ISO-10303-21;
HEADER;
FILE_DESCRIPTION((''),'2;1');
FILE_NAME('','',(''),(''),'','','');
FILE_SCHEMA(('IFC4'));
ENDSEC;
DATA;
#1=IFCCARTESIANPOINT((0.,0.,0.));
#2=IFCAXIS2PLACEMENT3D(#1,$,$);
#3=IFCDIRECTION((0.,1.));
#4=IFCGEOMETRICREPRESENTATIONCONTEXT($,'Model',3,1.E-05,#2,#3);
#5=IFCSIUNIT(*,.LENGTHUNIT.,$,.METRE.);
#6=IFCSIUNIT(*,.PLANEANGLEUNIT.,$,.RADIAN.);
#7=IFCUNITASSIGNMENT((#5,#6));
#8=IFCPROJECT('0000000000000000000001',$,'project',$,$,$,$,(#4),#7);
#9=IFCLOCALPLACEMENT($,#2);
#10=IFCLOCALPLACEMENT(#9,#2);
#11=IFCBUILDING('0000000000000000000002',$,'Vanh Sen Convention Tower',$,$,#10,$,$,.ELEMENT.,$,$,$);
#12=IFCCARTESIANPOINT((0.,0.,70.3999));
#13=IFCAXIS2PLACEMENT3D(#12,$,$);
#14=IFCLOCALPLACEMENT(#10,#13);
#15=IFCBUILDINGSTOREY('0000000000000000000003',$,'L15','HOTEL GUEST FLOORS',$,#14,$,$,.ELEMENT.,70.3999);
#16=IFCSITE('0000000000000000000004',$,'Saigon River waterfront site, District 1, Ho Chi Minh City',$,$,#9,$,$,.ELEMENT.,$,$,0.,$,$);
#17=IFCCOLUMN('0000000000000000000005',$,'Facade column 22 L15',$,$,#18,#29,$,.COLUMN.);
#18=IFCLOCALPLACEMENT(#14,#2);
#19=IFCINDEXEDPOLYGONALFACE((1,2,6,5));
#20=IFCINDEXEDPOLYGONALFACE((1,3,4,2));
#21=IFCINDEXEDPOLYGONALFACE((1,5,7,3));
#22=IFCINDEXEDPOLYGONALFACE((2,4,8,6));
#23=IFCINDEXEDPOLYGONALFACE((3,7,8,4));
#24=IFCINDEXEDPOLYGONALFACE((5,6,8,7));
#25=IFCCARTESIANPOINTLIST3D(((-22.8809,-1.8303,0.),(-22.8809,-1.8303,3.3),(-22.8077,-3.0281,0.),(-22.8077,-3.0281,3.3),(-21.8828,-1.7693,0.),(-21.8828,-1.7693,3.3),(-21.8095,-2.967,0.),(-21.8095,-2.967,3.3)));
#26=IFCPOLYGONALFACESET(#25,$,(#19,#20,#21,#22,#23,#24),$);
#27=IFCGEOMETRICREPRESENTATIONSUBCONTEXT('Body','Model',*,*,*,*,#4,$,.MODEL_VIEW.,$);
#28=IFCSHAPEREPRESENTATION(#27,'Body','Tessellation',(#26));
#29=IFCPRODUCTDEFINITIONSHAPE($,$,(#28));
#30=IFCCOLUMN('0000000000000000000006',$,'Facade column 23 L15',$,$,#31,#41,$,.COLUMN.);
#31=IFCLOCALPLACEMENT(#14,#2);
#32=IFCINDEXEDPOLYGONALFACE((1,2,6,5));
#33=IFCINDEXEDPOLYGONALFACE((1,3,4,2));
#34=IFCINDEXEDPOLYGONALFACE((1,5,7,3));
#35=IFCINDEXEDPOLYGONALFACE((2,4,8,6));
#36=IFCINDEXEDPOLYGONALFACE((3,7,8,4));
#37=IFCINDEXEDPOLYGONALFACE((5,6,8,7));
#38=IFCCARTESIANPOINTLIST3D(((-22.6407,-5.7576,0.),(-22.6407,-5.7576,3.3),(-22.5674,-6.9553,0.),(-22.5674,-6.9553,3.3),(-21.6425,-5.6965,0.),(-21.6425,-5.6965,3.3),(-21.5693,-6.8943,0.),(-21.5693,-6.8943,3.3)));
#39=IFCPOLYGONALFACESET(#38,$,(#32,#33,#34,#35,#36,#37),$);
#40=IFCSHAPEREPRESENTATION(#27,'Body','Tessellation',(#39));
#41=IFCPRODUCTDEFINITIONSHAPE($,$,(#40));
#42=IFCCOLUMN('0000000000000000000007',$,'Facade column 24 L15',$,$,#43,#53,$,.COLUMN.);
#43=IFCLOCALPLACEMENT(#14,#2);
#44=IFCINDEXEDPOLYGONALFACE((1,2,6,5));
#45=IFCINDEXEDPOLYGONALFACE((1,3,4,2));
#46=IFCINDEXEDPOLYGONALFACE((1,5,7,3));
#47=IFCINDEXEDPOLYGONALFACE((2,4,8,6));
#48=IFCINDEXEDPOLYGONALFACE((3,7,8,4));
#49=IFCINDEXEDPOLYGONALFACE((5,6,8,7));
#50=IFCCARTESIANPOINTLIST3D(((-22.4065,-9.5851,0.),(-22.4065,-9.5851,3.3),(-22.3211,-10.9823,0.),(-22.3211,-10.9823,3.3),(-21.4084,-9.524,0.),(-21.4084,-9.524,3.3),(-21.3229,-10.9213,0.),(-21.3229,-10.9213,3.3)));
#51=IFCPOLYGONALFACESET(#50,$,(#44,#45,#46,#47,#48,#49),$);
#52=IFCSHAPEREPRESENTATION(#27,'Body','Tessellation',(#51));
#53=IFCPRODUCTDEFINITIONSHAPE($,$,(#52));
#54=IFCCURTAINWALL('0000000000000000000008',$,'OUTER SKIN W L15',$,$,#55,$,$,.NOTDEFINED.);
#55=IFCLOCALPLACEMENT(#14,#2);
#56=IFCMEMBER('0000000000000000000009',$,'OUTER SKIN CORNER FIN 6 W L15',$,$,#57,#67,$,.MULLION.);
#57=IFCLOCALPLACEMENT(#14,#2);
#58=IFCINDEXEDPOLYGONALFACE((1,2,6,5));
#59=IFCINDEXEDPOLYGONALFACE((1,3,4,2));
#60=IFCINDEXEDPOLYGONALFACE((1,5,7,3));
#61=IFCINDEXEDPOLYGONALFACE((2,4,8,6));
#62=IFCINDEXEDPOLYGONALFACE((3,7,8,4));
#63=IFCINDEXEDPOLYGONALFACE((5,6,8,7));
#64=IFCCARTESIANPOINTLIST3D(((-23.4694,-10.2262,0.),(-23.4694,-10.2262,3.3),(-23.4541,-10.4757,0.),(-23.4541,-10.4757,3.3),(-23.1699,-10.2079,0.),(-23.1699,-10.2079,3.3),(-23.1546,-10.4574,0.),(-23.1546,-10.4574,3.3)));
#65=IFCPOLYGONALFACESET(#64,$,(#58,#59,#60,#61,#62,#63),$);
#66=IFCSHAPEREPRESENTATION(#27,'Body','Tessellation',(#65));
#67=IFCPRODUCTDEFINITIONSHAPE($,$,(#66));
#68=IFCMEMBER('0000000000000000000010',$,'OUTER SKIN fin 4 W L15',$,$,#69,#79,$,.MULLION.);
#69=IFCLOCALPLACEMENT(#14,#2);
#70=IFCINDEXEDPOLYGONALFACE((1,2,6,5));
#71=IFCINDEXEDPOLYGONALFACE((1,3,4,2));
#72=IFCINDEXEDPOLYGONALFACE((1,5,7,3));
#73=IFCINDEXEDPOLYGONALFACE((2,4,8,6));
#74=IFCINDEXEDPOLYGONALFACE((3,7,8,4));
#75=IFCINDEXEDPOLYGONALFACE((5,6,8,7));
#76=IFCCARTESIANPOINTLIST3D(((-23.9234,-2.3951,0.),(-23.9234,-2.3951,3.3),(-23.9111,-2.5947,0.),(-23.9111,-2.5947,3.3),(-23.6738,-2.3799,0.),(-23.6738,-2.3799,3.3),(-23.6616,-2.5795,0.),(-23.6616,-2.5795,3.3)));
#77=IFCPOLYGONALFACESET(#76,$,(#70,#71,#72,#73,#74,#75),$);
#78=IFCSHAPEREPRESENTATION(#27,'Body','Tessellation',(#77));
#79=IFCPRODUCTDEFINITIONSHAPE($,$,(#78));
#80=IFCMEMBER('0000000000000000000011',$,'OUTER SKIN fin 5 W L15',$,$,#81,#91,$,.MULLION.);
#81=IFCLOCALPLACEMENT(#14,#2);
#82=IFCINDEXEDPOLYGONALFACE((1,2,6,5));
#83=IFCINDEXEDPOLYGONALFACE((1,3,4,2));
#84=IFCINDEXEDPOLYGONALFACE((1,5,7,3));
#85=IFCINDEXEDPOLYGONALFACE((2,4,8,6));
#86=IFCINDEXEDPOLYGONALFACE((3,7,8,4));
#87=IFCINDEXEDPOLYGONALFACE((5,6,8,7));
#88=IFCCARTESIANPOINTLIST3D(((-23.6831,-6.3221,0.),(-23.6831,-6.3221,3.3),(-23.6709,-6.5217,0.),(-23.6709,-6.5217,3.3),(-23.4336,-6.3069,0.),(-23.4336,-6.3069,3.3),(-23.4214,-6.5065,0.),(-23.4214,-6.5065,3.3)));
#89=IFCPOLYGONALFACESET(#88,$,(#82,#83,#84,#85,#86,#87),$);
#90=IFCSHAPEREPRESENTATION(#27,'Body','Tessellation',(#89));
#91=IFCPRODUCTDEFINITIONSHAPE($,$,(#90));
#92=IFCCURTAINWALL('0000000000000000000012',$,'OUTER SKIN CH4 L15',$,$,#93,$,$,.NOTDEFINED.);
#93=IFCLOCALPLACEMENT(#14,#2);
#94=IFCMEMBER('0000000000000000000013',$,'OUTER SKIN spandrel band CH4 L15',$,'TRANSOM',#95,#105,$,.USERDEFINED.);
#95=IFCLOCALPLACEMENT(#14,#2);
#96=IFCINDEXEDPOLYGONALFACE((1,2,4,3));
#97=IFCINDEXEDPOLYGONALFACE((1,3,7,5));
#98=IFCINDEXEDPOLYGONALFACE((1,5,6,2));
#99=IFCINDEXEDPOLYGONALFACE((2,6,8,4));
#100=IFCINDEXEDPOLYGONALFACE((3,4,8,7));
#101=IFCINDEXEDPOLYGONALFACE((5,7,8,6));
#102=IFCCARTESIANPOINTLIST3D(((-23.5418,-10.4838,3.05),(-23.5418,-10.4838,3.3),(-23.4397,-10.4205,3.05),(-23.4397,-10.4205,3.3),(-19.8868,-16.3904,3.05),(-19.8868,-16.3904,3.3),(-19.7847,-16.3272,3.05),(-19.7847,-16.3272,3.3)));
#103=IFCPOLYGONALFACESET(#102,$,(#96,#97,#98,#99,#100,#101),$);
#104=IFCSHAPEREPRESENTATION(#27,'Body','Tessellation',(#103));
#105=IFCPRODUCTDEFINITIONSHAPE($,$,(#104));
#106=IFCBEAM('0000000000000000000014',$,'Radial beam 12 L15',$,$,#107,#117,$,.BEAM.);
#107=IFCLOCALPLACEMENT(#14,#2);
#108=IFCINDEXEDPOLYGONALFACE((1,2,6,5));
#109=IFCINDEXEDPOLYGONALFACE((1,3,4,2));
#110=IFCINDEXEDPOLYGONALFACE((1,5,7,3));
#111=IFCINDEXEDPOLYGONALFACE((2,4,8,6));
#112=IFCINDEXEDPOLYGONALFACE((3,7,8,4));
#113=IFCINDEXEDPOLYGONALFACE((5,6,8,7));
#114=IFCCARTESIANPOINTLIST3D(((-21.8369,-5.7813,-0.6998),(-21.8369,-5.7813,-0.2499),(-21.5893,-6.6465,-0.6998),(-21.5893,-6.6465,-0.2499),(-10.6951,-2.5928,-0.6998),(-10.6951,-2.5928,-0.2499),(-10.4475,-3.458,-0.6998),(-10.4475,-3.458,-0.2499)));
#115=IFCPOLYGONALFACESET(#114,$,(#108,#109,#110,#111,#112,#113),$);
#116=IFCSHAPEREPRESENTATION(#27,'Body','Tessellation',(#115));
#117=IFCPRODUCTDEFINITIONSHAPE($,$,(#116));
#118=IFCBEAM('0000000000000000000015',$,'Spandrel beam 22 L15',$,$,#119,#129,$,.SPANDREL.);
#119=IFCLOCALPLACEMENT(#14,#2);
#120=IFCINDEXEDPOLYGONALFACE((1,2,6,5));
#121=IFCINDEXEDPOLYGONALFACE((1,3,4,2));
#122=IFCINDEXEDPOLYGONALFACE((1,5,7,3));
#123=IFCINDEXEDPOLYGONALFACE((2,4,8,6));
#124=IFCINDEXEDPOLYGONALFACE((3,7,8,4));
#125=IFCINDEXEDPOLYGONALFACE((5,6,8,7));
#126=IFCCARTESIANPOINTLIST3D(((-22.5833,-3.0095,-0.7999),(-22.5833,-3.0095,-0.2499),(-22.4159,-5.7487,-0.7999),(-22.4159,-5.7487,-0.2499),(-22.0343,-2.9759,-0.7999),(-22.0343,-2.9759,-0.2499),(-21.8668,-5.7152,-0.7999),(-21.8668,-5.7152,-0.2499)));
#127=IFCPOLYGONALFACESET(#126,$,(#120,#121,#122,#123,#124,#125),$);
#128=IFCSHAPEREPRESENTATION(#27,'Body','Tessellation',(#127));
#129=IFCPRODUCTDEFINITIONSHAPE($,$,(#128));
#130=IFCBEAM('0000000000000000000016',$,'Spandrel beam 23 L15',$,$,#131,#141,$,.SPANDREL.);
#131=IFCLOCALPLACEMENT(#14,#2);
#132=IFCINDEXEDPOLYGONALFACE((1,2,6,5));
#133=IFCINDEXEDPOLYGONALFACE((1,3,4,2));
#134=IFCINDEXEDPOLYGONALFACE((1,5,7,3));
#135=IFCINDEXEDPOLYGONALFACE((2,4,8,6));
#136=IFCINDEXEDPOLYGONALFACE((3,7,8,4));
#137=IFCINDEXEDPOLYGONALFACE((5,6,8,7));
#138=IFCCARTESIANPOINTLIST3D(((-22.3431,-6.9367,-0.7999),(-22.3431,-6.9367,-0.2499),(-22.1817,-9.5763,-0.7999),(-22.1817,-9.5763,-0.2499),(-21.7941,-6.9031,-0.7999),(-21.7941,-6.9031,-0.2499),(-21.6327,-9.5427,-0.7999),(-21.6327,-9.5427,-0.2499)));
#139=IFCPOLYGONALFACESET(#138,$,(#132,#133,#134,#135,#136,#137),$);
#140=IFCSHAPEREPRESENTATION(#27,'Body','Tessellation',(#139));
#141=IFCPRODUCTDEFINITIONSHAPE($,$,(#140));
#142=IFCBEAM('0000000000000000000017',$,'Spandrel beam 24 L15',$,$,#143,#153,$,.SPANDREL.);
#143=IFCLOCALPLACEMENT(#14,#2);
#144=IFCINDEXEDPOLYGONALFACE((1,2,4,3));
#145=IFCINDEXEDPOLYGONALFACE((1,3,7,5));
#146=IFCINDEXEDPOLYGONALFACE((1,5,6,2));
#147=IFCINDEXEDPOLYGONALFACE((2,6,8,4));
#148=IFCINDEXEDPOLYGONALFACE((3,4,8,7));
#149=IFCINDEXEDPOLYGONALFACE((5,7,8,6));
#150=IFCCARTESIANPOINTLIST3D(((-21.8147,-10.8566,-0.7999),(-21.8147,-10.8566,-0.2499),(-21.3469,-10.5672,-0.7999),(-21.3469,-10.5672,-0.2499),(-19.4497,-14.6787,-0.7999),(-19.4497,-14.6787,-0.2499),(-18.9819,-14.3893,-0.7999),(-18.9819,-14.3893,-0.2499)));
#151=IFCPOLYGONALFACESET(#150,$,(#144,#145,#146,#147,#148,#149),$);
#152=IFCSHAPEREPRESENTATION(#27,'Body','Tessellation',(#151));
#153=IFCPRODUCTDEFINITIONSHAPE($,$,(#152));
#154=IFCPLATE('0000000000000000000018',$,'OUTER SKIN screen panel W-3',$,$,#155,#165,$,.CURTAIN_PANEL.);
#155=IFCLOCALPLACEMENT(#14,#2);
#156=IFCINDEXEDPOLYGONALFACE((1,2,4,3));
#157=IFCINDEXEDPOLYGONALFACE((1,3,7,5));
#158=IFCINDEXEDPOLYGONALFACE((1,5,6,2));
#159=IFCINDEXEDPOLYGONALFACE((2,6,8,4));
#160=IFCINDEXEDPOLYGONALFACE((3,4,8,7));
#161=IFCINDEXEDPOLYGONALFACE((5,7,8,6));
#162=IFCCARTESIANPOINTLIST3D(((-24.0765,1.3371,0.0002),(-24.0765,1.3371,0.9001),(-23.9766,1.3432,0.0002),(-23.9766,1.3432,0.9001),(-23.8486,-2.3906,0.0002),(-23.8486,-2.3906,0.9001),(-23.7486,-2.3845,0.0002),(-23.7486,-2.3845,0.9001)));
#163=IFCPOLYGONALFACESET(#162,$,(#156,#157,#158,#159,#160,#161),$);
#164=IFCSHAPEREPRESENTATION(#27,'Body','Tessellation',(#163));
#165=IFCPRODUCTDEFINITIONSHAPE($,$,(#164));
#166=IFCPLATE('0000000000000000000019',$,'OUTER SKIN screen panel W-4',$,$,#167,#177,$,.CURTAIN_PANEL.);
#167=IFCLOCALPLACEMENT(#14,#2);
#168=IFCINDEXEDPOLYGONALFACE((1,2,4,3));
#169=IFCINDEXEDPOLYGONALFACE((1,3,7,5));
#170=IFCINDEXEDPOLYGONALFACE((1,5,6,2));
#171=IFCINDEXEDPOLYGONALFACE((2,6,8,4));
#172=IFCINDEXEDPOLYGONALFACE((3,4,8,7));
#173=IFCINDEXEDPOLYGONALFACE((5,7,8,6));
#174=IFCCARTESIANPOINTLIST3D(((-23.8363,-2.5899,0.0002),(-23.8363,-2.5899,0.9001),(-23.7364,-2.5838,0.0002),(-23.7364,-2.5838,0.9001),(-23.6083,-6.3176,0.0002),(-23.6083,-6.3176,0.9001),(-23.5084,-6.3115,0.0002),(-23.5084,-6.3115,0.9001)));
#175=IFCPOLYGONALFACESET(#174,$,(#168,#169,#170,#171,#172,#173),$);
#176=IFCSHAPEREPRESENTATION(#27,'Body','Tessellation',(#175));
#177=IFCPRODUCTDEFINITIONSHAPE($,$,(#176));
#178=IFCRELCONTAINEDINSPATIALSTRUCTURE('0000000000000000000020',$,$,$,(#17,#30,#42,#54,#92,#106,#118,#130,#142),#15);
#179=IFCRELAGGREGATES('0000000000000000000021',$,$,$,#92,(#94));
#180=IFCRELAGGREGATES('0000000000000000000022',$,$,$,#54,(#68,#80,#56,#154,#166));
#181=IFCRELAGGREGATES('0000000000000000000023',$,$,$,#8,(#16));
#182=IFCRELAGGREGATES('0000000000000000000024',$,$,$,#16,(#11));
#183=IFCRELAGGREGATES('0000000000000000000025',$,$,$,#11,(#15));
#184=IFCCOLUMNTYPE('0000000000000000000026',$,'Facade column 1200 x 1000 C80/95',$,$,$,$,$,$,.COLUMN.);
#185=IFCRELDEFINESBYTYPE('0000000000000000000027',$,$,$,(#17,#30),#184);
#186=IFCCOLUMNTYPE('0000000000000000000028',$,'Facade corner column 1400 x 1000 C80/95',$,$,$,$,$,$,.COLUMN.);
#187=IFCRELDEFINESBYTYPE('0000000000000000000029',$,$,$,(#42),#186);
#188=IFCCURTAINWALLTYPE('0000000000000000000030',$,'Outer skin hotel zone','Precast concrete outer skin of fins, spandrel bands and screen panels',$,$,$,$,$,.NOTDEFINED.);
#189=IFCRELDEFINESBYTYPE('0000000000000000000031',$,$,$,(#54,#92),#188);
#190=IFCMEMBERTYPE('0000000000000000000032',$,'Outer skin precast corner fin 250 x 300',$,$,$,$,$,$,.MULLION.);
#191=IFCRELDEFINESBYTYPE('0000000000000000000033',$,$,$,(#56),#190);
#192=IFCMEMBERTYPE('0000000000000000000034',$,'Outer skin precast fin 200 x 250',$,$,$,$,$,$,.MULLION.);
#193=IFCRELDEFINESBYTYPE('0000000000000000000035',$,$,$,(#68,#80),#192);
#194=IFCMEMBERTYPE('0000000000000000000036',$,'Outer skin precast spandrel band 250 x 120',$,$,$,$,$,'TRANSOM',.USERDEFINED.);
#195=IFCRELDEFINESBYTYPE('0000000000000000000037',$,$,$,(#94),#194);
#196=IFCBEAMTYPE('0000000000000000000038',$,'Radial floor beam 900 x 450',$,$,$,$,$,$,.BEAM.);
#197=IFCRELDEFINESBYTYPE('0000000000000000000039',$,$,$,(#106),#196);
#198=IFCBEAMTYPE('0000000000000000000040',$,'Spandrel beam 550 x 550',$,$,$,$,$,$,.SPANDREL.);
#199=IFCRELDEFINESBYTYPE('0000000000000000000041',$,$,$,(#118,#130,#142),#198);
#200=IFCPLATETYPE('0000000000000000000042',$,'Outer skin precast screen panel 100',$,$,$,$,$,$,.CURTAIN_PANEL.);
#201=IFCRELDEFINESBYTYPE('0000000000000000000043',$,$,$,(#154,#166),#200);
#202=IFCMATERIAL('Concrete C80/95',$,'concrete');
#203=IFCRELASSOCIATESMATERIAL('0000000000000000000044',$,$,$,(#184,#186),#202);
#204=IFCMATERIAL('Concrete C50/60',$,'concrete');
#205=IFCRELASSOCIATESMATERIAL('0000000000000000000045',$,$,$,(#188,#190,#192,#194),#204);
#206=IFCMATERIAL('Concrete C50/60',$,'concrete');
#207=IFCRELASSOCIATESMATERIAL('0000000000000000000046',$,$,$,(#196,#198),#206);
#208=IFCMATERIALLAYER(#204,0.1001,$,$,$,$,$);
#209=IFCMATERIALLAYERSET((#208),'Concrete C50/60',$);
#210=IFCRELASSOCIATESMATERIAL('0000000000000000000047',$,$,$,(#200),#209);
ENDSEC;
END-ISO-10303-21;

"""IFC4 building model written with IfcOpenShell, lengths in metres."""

from ifc_helpers import new_model, si_unit, direction, frame, origin, origin_2d, place, context, subcontext, project, spatial, rectangle, extrude, material, layer, layer_set, material_profile, profile_set, type_object, element, aggregate, save


model = new_model("IFC4")

# Units and contexts
model_context = context("Model", 3, precision=1e-05, world=origin(), true_north=direction((0.0, 1.0)))
body_context = subcontext(model_context, "Body", "Model", "MODEL_VIEW")
ifc_project = project(units=[si_unit("LENGTHUNIT", "METRE"), si_unit("PLANEANGLEUNIT", "RADIAN")], contexts=[model_context])

# Site, building, storey
site_placement = place(None, origin())
site = spatial("IfcSite", under=ifc_project, at=site_placement, Name="Saigon River waterfront site, District 1, Ho Chi Minh City", CompositionType="ELEMENT", RefElevation=0.0)
building_placement = place(site_placement, origin())
building = spatial("IfcBuilding", under=site, at=building_placement, Name="Vanh Sen Convention Tower", CompositionType="ELEMENT")
storey_placement = place(building_placement, frame((0.0, 0.0, 70.3999)))
storey = spatial("IfcBuildingStorey", under=building, at=storey_placement, Name="L15", Description="HOTEL GUEST FLOORS", CompositionType="ELEMENT", Elevation=70.3999)

# Columns
ifc_material_1 = material(Name="Concrete C80/95", Category="concrete")
ifc_material_profile_1 = material_profile(ifc_material_1, rectangle(XDim=1.2, YDim=1.0, at=origin_2d()), Name="RC 1200X1000")
ifc_profile_set_1 = profile_set([ifc_material_profile_1], Name="Concrete C80/95")
column_type_1 = type_object("IfcColumnType", Name="Facade column 1200 x 1000 C80/95", PredefinedType="COLUMN", material=ifc_profile_set_1)
for number, where, z_axis, x_axis, name in (
    (1, (-22.3452, -2.3987, 0.0), (0.0, 0.0, 1.0), (0.061049, -0.998135, 0.0), "Facade column 22 L15"),
    (2, (-22.105, -6.3259, 0.0), (0.0, 0.0, 1.0), (0.061049, -0.998135, 0.0), "Facade column 23 L15"),
):
    element("IfcColumn", number, at=place(storey_placement, frame(where, z_axis=z_axis, x_axis=x_axis)), inside=storey, type_object=column_type_1, Name=name, PredefinedType="COLUMN", context=body_context, shape_type="SweptSolid", body=[
        extrude(rectangle(XDim=1.2, YDim=1.0, at=origin_2d()), origin(), (0.0, 0.0, 1.0), 3.3),
    ])
ifc_material_profile_2 = material_profile(ifc_material_1, rectangle(XDim=1.3999, YDim=1.0, at=origin_2d()), Name="RC 1400X1000")
ifc_profile_set_2 = profile_set([ifc_material_profile_2], Name="Concrete C80/95")
column_type_2 = type_object("IfcColumnType", Name="Facade corner column 1400 x 1000 C80/95", PredefinedType="COLUMN", material=ifc_profile_set_2)
column_placement = place(storey_placement, frame((-21.8647, -10.2532, 0.0), z_axis=(0.0, 0.0, 1.0), x_axis=(0.061049, -0.998135, 0.0)))
element("IfcColumn", 3, at=column_placement, inside=storey, type_object=column_type_2, Name="Facade column 24 L15", PredefinedType="COLUMN", context=body_context, shape_type="SweptSolid", body=[
    extrude(rectangle(XDim=1.3999, YDim=1.0, at=origin_2d()), origin(), (0.0, 0.0, 1.0), 3.3),
])

# Curtain wall, members
ifc_material_2 = material(Name="Concrete C50/60", Category="concrete")
curtain_wall_type = type_object("IfcCurtainWallType", Name="Outer skin hotel zone", Description="Precast concrete outer skin of fins, spandrel bands and screen panels", PredefinedType="NOTDEFINED", material=ifc_material_2)
curtain_wall_1_placement = place(storey_placement, origin())
curtain_wall_1 = element("IfcCurtainWall", 4, at=curtain_wall_1_placement, inside=storey, type_object=curtain_wall_type, Name="OUTER SKIN W L15", PredefinedType="NOTDEFINED")
ifc_material_profile_3 = material_profile(ifc_material_2, rectangle(XDim=0.25, YDim=0.3, at=origin_2d()), Name="Outer skin precast corner fin 250 x 300")
ifc_profile_set_3 = profile_set([ifc_material_profile_3], Name="Concrete C50/60")
member_type_1 = type_object("IfcMemberType", Name="Outer skin precast corner fin 250 x 300", PredefinedType="MULLION", material=ifc_profile_set_3)
member_1_placement = place(storey_placement, frame((-23.312, -10.3418, 0.0), z_axis=(0.0, 0.0, 1.0), x_axis=(0.061049, -0.998135, 0.0)))
member_1 = element("IfcMember", 5, at=member_1_placement, type_object=member_type_1, Name="OUTER SKIN CORNER FIN 6 W L15", PredefinedType="MULLION", context=body_context, shape_type="SweptSolid", body=[
    extrude(rectangle(XDim=0.25, YDim=0.3, at=origin_2d()), origin(), (0.0, 0.0, 1.0), 3.3),
])
ifc_material_profile_4 = material_profile(ifc_material_2, rectangle(XDim=0.2, YDim=0.25, at=origin_2d()), Name="Outer skin precast fin 200 x 250")
ifc_profile_set_4 = profile_set([ifc_material_profile_4], Name="Concrete C50/60")
member_type_2 = type_object("IfcMemberType", Name="Outer skin precast fin 200 x 250", PredefinedType="MULLION", material=ifc_profile_set_4)
member_2_placement = place(storey_placement, frame((-23.7925, -2.4873, 0.0), z_axis=(0.0, 0.0, 1.0), x_axis=(0.061049, -0.998135, 0.0)))
member_2 = element("IfcMember", 6, at=member_2_placement, type_object=member_type_2, Name="OUTER SKIN fin 4 W L15", PredefinedType="MULLION", context=body_context, shape_type="SweptSolid", body=[
    extrude(rectangle(XDim=0.2, YDim=0.25, at=origin_2d()), origin(), (0.0, 0.0, 1.0), 3.3),
])
member_3_placement = place(storey_placement, frame((-23.5522, -6.4143, 0.0), z_axis=(0.0, 0.0, 1.0), x_axis=(0.061049, -0.998135, 0.0)))
member_3 = element("IfcMember", 7, at=member_3_placement, type_object=member_type_2, Name="OUTER SKIN fin 5 W L15", PredefinedType="MULLION", context=body_context, shape_type="SweptSolid", body=[
    extrude(rectangle(XDim=0.2, YDim=0.25, at=origin_2d()), origin(), (0.0, 0.0, 1.0), 3.3),
])

# Curtain wall, member
curtain_wall_2_placement = place(storey_placement, origin())
curtain_wall_2 = element("IfcCurtainWall", 8, at=curtain_wall_2_placement, inside=storey, type_object=curtain_wall_type, Name="OUTER SKIN CH4 L15", PredefinedType="NOTDEFINED")
ifc_material_profile_5 = material_profile(ifc_material_2, rectangle(XDim=0.1201, YDim=0.25, at=origin_2d()), Name="Outer skin precast spandrel band 250 x 120")
ifc_profile_set_5 = profile_set([ifc_material_profile_5], Name="Concrete C50/60")
member_type_3 = type_object("IfcMemberType", Name="Outer skin precast spandrel band 250 x 120", ElementType="TRANSOM", PredefinedType="USERDEFINED", material=ifc_profile_set_5)
member_4_placement = place(storey_placement, frame((-23.4907, -10.4521, 3.175), z_axis=(0.526196, -0.850363, 0.0), x_axis=(0.850363, 0.526196, 0.0)))
member_4 = element("IfcMember", 9, at=member_4_placement, type_object=member_type_3, Name="OUTER SKIN spandrel band CH4 L15", ObjectType="TRANSOM", PredefinedType="USERDEFINED", context=body_context, shape_type="SweptSolid", body=[
    extrude(rectangle(XDim=0.1201, YDim=0.25, at=origin_2d()), origin(), (0.0, 0.0, 1.0), 6.946),
])
aggregate(curtain_wall_2, [member_4])

# Beams
ifc_material_3 = material(Name="Concrete C50/60", Category="concrete")
ifc_material_profile_6 = material_profile(ifc_material_3, rectangle(XDim=0.8999, YDim=0.45, at=origin_2d()), Name="RC 900X450")
ifc_profile_set_6 = profile_set([ifc_material_profile_6], Name="Concrete C50/60")
beam_type_1 = type_object("IfcBeamType", Name="Radial floor beam 900 x 450", PredefinedType="BEAM", material=ifc_profile_set_6)
beam_1_placement = place(storey_placement, frame((-21.7131, -6.2139, -0.4749), z_axis=(0.961408, 0.275127, 0.0), x_axis=(-0.275127, 0.961408, 0.0)))
element("IfcBeam", 10, at=beam_1_placement, inside=storey, type_object=beam_type_1, Name="Radial beam 12 L15", PredefinedType="BEAM", context=body_context, shape_type="SweptSolid", body=[
    extrude(rectangle(XDim=0.8999, YDim=0.45, at=origin_2d()), origin(), (0.0, 0.0, 1.0), 11.5891),
])
ifc_material_profile_7 = material_profile(ifc_material_3, rectangle(XDim=0.55, YDim=0.55, at=origin_2d()), Name="RC 550X550")
ifc_profile_set_7 = profile_set([ifc_material_profile_7], Name="Concrete C50/60")
beam_type_2 = type_object("IfcBeamType", Name="Spandrel beam 550 x 550", PredefinedType="SPANDREL", material=ifc_profile_set_7)
beam_2_placement = place(storey_placement, frame((-22.3088, -2.9927, -0.5249), z_axis=(0.061027, -0.998136, 0.0), x_axis=(0.998136, 0.061027, 0.0)))
element("IfcBeam", 11, at=beam_2_placement, inside=storey, type_object=beam_type_2, Name="Spandrel beam 22 L15", PredefinedType="SPANDREL", context=body_context, shape_type="SweptSolid", body=[
    extrude(rectangle(XDim=0.55, YDim=0.55, at=origin_2d()), origin(), (0.0, 0.0, 1.0), 2.7444),
])
beam_3_placement = place(storey_placement, frame((-22.0686, -6.9199, -0.5249), z_axis=(0.061022, -0.998136, 0.0), x_axis=(0.998136, 0.061022, 0.0)))
element("IfcBeam", 12, at=beam_3_placement, inside=storey, type_object=beam_type_2, Name="Spandrel beam 23 L15", PredefinedType="SPANDREL", context=body_context, shape_type="SweptSolid", body=[
    extrude(rectangle(XDim=0.55, YDim=0.55, at=origin_2d()), origin(), (0.0, 0.0, 1.0), 2.6445),
])
beam_4_placement = place(storey_placement, frame((-21.5808, -10.7119, -0.5249), z_axis=(0.52619, -0.850367, 0.0), x_axis=(0.850367, 0.52619, 0.0)))
element("IfcBeam", 13, at=beam_4_placement, inside=storey, type_object=beam_type_2, Name="Spandrel beam 24 L15", PredefinedType="SPANDREL", context=body_context, shape_type="SweptSolid", body=[
    extrude(rectangle(XDim=0.55, YDim=0.55, at=origin_2d()), origin(), (0.0, 0.0, 1.0), 4.4946),
])

# Plates
ifc_layer_1 = layer(ifc_material_2, 0.1001)
ifc_layer_set_1 = layer_set([ifc_layer_1], Name="Concrete C50/60")
plate_type = type_object("IfcPlateType", Name="Outer skin precast screen panel 100", PredefinedType="CURTAIN_PANEL", material=ifc_layer_set_1)
plate_1_placement = place(storey_placement, frame((-23.9126, -0.5237, 0.0002), z_axis=(0.0, 0.0, 1.0), x_axis=(0.061047, -0.998135, 0.0)))
plate_1 = element("IfcPlate", 14, at=plate_1_placement, type_object=plate_type, Name="OUTER SKIN screen panel W-3", PredefinedType="CURTAIN_PANEL", context=body_context, shape_type="SweptSolid", body=[
    extrude(rectangle(XDim=3.7346, YDim=0.1001, at=origin_2d()), origin(), (0.0, 0.0, 1.0), 0.8999),
])
plate_2_placement = place(storey_placement, frame((-23.6724, -4.4507, 0.0002), z_axis=(0.0, 0.0, 1.0), x_axis=(0.061049, -0.998135, 0.0)))
plate_2 = element("IfcPlate", 15, at=plate_2_placement, type_object=plate_type, Name="OUTER SKIN screen panel W-4", PredefinedType="CURTAIN_PANEL", context=body_context, shape_type="SweptSolid", body=[
    extrude(rectangle(XDim=3.7346, YDim=0.1001, at=origin_2d()), origin(), (0.0, 0.0, 1.0), 0.8999),
])
aggregate(curtain_wall_1, [member_2, member_3, member_1, plate_1, plate_2])

save(model, "model.ifc")
